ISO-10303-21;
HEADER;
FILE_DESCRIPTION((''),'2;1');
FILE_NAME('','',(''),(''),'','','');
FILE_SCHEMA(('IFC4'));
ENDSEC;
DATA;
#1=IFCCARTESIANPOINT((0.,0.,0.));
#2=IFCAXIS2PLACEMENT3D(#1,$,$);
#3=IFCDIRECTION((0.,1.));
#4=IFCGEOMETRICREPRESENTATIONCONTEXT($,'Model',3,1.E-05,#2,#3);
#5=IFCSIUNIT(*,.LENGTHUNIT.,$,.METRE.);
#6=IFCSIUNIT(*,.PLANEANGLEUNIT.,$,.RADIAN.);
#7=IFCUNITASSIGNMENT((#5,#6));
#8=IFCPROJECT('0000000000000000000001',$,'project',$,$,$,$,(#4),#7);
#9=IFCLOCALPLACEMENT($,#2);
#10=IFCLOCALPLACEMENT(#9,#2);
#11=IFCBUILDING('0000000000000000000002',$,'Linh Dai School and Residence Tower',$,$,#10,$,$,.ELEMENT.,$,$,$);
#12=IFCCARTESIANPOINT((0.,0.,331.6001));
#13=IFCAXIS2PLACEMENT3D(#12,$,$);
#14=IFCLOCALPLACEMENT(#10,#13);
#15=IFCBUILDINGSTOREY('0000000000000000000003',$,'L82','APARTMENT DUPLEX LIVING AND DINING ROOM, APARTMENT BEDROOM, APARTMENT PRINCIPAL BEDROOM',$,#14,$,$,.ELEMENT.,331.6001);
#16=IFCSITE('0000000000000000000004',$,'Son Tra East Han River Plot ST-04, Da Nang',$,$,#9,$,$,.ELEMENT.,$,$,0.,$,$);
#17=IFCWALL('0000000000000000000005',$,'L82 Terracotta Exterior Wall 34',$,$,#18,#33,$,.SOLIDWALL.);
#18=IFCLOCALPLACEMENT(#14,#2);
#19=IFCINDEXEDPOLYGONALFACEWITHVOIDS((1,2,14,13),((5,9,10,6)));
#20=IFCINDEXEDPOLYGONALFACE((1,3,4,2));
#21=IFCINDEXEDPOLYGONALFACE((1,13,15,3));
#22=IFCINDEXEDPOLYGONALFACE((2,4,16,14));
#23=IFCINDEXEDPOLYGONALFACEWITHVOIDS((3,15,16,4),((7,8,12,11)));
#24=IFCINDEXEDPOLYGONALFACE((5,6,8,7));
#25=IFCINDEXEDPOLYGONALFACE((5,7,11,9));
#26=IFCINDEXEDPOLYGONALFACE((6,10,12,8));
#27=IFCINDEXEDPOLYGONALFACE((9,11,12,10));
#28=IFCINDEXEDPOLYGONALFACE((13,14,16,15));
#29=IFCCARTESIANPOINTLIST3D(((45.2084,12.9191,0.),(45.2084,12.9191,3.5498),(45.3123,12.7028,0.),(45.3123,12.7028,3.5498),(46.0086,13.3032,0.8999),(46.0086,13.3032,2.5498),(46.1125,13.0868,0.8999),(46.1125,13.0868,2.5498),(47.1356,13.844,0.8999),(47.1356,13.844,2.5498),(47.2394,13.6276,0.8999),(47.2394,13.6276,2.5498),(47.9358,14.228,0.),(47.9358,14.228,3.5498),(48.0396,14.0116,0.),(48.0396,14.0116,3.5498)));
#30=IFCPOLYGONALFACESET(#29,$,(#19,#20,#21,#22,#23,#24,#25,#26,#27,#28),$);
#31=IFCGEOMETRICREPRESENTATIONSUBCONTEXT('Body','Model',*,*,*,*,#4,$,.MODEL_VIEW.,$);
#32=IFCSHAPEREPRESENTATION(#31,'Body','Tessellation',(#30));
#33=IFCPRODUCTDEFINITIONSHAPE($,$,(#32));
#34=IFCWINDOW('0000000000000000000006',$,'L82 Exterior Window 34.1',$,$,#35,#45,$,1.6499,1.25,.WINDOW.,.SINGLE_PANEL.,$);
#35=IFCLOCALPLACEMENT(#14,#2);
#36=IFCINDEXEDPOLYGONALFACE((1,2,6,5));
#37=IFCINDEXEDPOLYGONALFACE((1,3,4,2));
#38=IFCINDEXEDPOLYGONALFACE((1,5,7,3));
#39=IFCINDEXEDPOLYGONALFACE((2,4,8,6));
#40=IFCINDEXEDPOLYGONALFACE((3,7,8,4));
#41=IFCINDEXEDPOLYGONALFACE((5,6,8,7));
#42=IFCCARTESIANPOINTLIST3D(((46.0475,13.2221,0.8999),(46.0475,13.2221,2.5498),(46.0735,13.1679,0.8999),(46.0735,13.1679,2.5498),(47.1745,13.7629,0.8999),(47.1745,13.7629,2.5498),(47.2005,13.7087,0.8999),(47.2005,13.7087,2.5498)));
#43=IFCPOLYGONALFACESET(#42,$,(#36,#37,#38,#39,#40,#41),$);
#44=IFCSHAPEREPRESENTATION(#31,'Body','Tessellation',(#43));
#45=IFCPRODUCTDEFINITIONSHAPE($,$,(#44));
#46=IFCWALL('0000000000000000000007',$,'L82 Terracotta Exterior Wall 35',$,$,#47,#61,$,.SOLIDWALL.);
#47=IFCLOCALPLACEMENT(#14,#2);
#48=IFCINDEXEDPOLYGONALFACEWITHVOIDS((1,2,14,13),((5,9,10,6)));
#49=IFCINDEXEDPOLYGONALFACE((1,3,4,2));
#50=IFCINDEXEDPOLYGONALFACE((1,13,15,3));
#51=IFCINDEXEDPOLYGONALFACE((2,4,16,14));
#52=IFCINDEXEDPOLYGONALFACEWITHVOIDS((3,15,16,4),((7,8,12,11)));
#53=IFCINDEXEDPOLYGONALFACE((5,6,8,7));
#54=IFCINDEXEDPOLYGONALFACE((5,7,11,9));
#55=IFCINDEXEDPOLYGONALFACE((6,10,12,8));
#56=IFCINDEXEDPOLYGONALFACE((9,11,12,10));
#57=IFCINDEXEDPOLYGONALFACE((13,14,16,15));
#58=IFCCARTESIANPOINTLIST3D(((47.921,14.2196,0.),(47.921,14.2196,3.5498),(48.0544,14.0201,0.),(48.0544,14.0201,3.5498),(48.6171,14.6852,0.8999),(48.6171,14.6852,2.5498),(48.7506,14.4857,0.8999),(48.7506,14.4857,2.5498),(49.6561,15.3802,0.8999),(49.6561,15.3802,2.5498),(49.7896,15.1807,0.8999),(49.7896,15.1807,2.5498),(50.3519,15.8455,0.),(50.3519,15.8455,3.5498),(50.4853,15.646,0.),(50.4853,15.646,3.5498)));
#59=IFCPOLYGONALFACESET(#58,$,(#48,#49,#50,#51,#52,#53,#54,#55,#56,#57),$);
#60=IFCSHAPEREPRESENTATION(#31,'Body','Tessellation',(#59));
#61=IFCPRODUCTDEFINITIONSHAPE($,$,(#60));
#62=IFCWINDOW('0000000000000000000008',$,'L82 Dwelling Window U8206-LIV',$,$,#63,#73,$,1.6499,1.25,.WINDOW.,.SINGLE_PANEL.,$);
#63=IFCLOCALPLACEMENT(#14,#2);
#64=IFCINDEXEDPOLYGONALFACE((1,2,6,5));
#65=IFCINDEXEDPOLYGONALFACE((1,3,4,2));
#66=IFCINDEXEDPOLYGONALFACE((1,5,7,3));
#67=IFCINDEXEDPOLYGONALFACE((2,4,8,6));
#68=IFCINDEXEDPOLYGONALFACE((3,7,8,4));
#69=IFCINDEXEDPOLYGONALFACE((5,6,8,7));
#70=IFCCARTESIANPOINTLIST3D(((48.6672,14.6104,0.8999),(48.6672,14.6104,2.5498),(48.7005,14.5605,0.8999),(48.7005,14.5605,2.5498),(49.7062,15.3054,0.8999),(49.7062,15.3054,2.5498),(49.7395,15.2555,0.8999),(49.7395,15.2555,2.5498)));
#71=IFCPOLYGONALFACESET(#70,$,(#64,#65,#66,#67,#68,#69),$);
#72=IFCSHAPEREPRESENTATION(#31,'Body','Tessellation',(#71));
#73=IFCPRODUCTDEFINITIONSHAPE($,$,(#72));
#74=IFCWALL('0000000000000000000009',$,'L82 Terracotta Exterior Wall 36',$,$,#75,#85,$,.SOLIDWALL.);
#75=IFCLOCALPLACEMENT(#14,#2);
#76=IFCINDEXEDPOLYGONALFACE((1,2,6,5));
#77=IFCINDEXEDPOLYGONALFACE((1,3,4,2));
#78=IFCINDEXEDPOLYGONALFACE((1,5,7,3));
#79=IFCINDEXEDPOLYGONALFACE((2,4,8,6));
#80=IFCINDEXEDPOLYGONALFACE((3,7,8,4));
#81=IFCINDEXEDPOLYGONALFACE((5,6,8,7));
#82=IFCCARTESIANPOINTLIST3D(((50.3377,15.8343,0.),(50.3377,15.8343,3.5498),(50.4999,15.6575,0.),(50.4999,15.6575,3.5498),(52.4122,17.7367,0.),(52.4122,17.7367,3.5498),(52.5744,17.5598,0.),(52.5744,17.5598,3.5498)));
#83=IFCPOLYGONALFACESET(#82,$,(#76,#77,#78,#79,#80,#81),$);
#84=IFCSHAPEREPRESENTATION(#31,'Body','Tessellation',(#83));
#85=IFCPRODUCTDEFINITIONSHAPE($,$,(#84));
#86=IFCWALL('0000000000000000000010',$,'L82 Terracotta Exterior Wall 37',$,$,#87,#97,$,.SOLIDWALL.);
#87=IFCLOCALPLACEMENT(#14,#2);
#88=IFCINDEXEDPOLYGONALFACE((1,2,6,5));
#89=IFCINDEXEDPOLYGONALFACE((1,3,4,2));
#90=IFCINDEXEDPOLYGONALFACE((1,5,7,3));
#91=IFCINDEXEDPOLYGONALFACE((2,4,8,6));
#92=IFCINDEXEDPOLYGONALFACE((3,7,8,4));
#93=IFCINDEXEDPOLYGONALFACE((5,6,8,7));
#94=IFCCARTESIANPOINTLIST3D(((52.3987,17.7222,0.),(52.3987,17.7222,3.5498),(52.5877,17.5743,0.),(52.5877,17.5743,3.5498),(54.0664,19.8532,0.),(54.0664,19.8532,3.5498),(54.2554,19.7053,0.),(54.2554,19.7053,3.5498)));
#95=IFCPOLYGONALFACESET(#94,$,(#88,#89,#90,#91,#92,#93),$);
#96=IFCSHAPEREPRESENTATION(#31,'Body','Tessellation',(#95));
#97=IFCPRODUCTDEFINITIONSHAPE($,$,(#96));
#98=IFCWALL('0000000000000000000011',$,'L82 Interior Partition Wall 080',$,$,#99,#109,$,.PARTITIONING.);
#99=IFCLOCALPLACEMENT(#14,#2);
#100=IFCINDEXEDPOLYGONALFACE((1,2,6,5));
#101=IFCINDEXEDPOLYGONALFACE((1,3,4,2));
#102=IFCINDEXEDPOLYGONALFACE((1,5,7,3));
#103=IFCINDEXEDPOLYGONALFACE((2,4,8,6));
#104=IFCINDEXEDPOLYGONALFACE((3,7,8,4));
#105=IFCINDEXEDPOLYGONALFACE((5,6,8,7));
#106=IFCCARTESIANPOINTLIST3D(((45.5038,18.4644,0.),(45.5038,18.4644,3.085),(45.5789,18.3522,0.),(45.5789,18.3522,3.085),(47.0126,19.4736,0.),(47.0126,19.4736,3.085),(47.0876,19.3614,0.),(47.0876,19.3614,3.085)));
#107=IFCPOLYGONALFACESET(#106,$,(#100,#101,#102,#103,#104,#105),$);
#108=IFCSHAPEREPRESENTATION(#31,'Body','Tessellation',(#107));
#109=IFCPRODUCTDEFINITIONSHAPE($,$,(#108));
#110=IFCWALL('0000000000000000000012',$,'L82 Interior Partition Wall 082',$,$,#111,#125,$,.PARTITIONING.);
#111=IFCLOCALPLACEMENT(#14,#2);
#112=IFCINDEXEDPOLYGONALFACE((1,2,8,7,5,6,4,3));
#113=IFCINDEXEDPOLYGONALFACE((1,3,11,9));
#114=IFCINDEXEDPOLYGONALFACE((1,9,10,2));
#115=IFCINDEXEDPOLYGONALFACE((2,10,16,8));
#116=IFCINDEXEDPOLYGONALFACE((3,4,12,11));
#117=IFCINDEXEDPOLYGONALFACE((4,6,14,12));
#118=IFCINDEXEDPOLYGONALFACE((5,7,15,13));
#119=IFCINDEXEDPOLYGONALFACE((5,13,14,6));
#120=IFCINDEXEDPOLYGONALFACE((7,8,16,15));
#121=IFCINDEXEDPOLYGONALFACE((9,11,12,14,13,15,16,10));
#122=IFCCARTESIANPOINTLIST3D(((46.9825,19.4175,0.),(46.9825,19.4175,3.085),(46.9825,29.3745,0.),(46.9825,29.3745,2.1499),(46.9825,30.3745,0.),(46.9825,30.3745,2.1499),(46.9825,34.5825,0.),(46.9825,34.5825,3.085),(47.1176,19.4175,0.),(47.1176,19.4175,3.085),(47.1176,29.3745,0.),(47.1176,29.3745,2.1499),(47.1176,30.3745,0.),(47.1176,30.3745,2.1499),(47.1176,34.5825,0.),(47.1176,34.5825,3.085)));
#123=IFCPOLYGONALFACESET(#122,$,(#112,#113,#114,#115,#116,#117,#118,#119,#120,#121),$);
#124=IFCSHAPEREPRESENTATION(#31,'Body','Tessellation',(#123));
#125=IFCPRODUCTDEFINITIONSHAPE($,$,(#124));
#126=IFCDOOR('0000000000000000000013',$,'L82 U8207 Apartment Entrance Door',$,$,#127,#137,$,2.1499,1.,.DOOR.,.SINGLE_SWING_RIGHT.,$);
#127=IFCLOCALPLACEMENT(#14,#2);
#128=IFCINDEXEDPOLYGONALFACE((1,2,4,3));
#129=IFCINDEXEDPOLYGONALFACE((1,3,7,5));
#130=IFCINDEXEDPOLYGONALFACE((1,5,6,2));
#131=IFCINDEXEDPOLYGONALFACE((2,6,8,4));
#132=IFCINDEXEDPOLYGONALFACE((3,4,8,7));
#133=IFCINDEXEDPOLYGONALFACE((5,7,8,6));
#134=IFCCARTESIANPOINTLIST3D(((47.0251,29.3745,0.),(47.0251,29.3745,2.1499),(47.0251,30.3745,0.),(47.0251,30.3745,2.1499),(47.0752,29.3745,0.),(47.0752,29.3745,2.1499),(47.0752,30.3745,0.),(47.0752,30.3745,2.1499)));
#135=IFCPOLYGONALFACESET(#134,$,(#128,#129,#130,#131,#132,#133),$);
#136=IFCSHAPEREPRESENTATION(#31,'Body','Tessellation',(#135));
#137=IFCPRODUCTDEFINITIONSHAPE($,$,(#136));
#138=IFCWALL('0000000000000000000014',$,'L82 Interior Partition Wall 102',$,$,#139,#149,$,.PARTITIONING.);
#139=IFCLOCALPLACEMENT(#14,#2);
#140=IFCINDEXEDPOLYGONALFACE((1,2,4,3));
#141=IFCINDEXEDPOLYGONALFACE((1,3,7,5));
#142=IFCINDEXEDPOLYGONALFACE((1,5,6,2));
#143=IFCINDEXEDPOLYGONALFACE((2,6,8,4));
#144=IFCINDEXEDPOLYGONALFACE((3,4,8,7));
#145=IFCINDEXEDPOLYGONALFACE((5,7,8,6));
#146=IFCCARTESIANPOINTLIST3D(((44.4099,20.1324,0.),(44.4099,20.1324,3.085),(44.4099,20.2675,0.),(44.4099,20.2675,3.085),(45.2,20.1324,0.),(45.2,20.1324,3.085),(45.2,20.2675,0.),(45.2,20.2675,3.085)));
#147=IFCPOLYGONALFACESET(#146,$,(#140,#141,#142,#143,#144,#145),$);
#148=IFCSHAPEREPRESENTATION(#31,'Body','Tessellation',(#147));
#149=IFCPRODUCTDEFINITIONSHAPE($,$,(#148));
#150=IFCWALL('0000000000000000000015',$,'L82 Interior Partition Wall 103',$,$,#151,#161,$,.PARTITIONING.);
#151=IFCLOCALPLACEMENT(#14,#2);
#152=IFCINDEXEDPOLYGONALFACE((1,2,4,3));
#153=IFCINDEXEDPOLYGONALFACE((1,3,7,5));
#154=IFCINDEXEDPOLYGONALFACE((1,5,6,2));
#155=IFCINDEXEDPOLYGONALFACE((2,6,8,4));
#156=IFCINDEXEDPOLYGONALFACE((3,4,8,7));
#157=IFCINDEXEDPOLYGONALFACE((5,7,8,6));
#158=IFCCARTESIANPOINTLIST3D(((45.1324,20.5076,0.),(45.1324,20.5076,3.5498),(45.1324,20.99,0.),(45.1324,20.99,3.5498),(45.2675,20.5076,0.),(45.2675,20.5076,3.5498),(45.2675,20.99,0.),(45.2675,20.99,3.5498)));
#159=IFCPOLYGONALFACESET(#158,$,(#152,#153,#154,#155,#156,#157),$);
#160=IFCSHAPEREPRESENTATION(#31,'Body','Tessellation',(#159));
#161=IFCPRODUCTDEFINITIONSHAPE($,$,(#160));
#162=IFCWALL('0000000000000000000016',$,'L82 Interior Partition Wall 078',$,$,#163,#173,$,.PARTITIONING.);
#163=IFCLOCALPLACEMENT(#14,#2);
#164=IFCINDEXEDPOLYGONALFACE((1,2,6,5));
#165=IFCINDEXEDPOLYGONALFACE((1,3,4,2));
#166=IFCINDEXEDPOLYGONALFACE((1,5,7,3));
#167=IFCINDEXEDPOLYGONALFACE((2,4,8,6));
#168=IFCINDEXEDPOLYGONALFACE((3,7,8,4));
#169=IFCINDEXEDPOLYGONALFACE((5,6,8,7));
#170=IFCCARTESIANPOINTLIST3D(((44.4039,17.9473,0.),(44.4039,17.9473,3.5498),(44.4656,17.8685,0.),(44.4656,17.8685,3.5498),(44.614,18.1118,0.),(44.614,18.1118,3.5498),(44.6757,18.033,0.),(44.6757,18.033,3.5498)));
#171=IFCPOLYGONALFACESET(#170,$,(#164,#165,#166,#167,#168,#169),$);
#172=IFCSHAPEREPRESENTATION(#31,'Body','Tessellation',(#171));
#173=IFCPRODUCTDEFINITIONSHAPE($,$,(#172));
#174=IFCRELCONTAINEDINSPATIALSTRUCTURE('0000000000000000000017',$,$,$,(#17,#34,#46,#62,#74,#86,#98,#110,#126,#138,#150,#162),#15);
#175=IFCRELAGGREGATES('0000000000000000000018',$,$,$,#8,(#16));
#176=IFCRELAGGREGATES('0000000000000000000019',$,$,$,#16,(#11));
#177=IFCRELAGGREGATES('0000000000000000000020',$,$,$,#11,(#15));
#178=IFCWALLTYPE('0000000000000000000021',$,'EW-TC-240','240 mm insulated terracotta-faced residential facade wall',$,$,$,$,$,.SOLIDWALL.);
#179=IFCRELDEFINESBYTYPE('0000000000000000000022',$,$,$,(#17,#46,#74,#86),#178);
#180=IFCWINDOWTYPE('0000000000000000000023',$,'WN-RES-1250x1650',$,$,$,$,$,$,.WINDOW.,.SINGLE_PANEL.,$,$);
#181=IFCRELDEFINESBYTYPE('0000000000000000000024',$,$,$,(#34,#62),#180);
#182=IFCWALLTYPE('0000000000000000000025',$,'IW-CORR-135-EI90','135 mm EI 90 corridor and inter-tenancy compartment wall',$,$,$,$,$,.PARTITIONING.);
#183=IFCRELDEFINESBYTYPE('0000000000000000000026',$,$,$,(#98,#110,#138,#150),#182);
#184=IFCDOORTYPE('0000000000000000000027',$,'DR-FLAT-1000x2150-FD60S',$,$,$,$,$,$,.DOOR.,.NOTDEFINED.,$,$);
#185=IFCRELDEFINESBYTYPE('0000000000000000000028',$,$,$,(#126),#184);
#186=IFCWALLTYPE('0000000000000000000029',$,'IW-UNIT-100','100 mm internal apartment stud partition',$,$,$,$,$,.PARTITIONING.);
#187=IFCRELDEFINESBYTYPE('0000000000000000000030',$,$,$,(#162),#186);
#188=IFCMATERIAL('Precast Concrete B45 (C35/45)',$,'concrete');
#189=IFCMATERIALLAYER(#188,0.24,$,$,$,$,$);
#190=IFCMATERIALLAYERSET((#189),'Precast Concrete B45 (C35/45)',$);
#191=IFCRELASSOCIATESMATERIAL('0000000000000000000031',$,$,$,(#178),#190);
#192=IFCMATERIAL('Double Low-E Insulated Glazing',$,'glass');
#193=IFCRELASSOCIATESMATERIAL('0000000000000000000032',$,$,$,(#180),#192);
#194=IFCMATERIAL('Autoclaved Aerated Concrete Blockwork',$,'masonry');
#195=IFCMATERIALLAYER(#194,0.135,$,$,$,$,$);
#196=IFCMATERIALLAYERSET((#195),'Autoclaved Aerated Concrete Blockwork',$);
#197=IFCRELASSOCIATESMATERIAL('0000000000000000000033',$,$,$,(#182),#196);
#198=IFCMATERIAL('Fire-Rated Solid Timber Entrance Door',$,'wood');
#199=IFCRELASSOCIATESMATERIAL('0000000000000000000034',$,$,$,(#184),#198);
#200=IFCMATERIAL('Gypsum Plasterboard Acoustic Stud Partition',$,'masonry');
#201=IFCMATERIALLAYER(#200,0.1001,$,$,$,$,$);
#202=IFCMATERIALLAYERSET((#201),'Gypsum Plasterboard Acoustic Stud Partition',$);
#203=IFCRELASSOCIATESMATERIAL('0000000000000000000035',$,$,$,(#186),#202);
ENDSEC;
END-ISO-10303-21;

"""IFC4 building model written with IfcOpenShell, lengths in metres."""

from ifc_helpers import new_model, si_unit, direction, frame, frame_2d, origin, origin_2d, place, context, subcontext, project, spatial, rectangle, extrude, source, transform, mapped, material, layer, layer_set, type_object, element, fill, save


model = new_model("IFC4")

# Units and contexts
model_context = context("Model", 3, precision=1e-05, world=origin(), true_north=direction((0.0, 1.0)))
body_context = subcontext(model_context, "Body", "Model", "MODEL_VIEW")
ifc_project = project(units=[si_unit("LENGTHUNIT", "METRE"), si_unit("PLANEANGLEUNIT", "RADIAN")], contexts=[model_context])

# Site, building, storey
site_placement = place(None, origin())
site = spatial("IfcSite", under=ifc_project, at=site_placement, Name="Son Tra East Han River Plot ST-04, Da Nang", CompositionType="ELEMENT", RefElevation=0.0)
building_placement = place(site_placement, origin())
building = spatial("IfcBuilding", under=site, at=building_placement, Name="Linh Dai School and Residence Tower", CompositionType="ELEMENT")
storey_placement = place(building_placement, frame((0.0, 0.0, 331.6001)))
storey = spatial("IfcBuildingStorey", under=building, at=storey_placement, Name="L82", Description="APARTMENT DUPLEX LIVING AND DINING ROOM, APARTMENT BEDROOM, APARTMENT PRINCIPAL BEDROOM", CompositionType="ELEMENT", Elevation=331.6001)

# Shared definitions
ifc_material_1 = material(Name="Precast Concrete B45 (C35/45)", Category="concrete")

# Walls, openings, windows
ifc_layer_1 = layer(ifc_material_1, 0.24)
ifc_layer_set_1 = layer_set([ifc_layer_1], Name="Precast Concrete B45 (C35/45)")
wall_type_1 = type_object("IfcWallType", Name="EW-TC-240", Description="240 mm insulated terracotta-faced residential facade wall", PredefinedType="SOLIDWALL", material=ifc_layer_set_1)
ifc_material_2 = material(Name="Double Low-E Insulated Glazing", Category="glass")
wall_1_placement = place(storey_placement, frame((47.9878, 14.1199, 0.0), z_axis=(0.0, 0.0, 1.0), x_axis=(-0.901557, -0.43266, 0.0)))
wall_1 = element("IfcWall", 1, at=wall_1_placement, inside=storey, type_object=wall_type_1, Name="L82 Terracotta Exterior Wall 34", PredefinedType="SOLIDWALL", context=body_context, shape_type="SweptSolid", body=[
    extrude(rectangle(XDim=3.0251, YDim=0.24, at=frame_2d((1.5127, 0.0))), origin(), (0.0, 0.0, 1.0), 3.5498),
])
opening_1_placement = place(wall_1_placement, frame((0.8877, 0.0, 0.8999)))
opening_1 = element("IfcOpeningElement", 2, at=opening_1_placement, cuts=wall_1, PredefinedType="OPENING", context=body_context, shape_type="SweptSolid", body=[
    extrude(rectangle(XDim=1.25, YDim=1.6499, at=origin_2d()), frame((0.625, 0.1299, 0.825), z_axis=(0.0, -1.0, 0.0), x_axis=(1.0, 0.0, 0.0)), (0.0, 0.0, 1.0), 0.26),
])
window_type_1 = type_object("IfcWindowType", Name="WN-RES-1250x1650", PartitioningType="SINGLE_PANEL", PredefinedType="WINDOW", material=ifc_material_2)
shared_shape_1 = source(origin(), body_context, "Body", "SweptSolid", [
    extrude(rectangle(XDim=1.25, YDim=1.6499, at=origin_2d()), frame((0.625, 0.03, 0.825), z_axis=(0.0, -1.0, 0.0), x_axis=(1.0, 0.0, 0.0)), (0.0, 0.0, 1.0), 0.0601),
])
window_1_placement = place(opening_1_placement, origin())
window_1 = element("IfcWindow", 3, at=window_1_placement, inside=storey, type_object=window_type_1, Name="L82 Exterior Window 34.1", OverallHeight=1.6499, OverallWidth=1.25, PartitioningType="SINGLE_PANEL", PredefinedType="WINDOW", context=body_context, shape_type="MappedRepresentation", body=[
    mapped(shared_shape_1, transform((0.0, 0.0, 0.0), x_axis=(1.0, 0.0, 0.0), y_axis=(0.0, 1.0, 0.0), z_axis=(0.0, 0.0, 1.0), scale=1.0)),
])
fill(opening_1, window_1)
wall_2_placement = place(storey_placement, frame((50.4187, 15.7458, 0.0), z_axis=(0.0, 0.0, 1.0), x_axis=(-0.831202, -0.555971, 0.0)))
wall_2 = element("IfcWall", 4, at=wall_2_placement, inside=storey, type_object=wall_type_1, Name="L82 Terracotta Exterior Wall 35", PredefinedType="SOLIDWALL", context=body_context, shape_type="SweptSolid", body=[
    extrude(rectangle(XDim=2.9246, YDim=0.24, at=frame_2d((1.4624, 0.0))), origin(), (0.0, 0.0, 1.0), 3.5498),
])
opening_2_placement = place(wall_2_placement, frame((0.8372, 0.0, 0.8999)))
opening_2 = element("IfcOpeningElement", 5, at=opening_2_placement, cuts=wall_2, PredefinedType="OPENING", context=body_context, shape_type="SweptSolid", body=[
    extrude(rectangle(XDim=1.25, YDim=1.6499, at=origin_2d()), frame((0.625, 0.1299, 0.825), z_axis=(0.0, -1.0, 0.0), x_axis=(1.0, 0.0, 0.0)), (0.0, 0.0, 1.0), 0.26),
])
window_2_placement = place(opening_2_placement, origin())
window_2 = element("IfcWindow", 6, at=window_2_placement, inside=storey, type_object=window_type_1, Name="L82 Dwelling Window U8206-LIV", OverallHeight=1.6499, OverallWidth=1.25, PartitioningType="SINGLE_PANEL", PredefinedType="WINDOW", context=body_context, shape_type="MappedRepresentation", body=[
    mapped(shared_shape_1, transform((0.0, 0.0, 0.0), x_axis=(1.0, 0.0, 0.0), y_axis=(0.0, 1.0, 0.0), z_axis=(0.0, 0.0, 1.0), scale=1.0)),
])
fill(opening_2, window_2)

# Walls
wall_3_placement = place(storey_placement, frame((52.4932, 17.6482, 0.0), z_axis=(0.0, 0.0, 1.0), x_axis=(-0.737021, -0.67587, 0.0)))
element("IfcWall", 7, at=wall_3_placement, inside=storey, type_object=wall_type_1, Name="L82 Terracotta Exterior Wall 36", PredefinedType="SOLIDWALL", context=body_context, shape_type="SweptSolid", body=[
    extrude(rectangle(XDim=2.8147, YDim=0.24, at=frame_2d((1.4072, 0.0))), origin(), (0.0, 0.0, 1.0), 3.5498),
])
wall_4_placement = place(storey_placement, frame((54.1609, 19.7793, 0.0), z_axis=(0.0, 0.0, 1.0), x_axis=(-0.616286, -0.787522, 0.0)))
element("IfcWall", 8, at=wall_4_placement, inside=storey, type_object=wall_type_1, Name="L82 Terracotta Exterior Wall 37", PredefinedType="SOLIDWALL", context=body_context, shape_type="SweptSolid", body=[
    extrude(rectangle(XDim=2.7061, YDim=0.24, at=frame_2d((1.353, 0.0))), origin(), (0.0, 0.0, 1.0), 3.5498),
])
ifc_material_3 = material(Name="Autoclaved Aerated Concrete Blockwork", Category="masonry")
ifc_layer_2 = layer(ifc_material_3, 0.135)
ifc_layer_set_2 = layer_set([ifc_layer_2], Name="Autoclaved Aerated Concrete Blockwork")
wall_type_2 = type_object("IfcWallType", Name="IW-CORR-135-EI90", Description="135 mm EI 90 corridor and inter-tenancy compartment wall", PredefinedType="PARTITIONING", material=ifc_layer_set_2)
wall_5_placement = place(storey_placement, frame((45.5413, 18.4082, 0.0), z_axis=(0.0, 0.0, 1.0), x_axis=(0.83118, 0.556003, 0.0)))
element("IfcWall", 9, at=wall_5_placement, inside=storey, type_object=wall_type_2, Name="L82 Interior Partition Wall 080", PredefinedType="PARTITIONING", context=body_context, shape_type="SweptSolid", body=[
    extrude(rectangle(XDim=1.8152, YDim=0.135, at=frame_2d((0.9077, 0.0))), origin(), (0.0, 0.0, 1.0), 3.085),
])

# Wall, opening, door
wall_6_placement = place(storey_placement, frame((47.05, 19.4175, 0.0), z_axis=(0.0, 0.0, 1.0), x_axis=(0.0, 1.0, 0.0)))
wall_6 = element("IfcWall", 10, at=wall_6_placement, inside=storey, type_object=wall_type_2, Name="L82 Interior Partition Wall 082", PredefinedType="PARTITIONING", context=body_context, shape_type="SweptSolid", body=[
    extrude(rectangle(XDim=15.165, YDim=0.135, at=frame_2d((7.5825, 0.0))), origin(), (0.0, 0.0, 1.0), 3.085),
])
opening_3_placement = place(wall_6_placement, frame((9.957, 0.0, 0.0)))
opening_3 = element("IfcOpeningElement", 11, at=opening_3_placement, cuts=wall_6, PredefinedType="OPENING", context=body_context, shape_type="SweptSolid", body=[
    extrude(rectangle(XDim=1.0, YDim=2.1499, at=origin_2d()), frame((0.5, 0.0776, 1.075), z_axis=(0.0, -1.0, 0.0), x_axis=(1.0, 0.0, 0.0)), (0.0, 0.0, 1.0), 0.155),
])
ifc_material_4 = material(Name="Fire-Rated Solid Timber Entrance Door", Category="wood")
door_type_1 = type_object("IfcDoorType", Name="DR-FLAT-1000x2150-FD60S", OperationType="NOTDEFINED", PredefinedType="DOOR", material=ifc_material_4)
shared_shape_2 = source(origin(), body_context, "Body", "SweptSolid", [
    extrude(rectangle(XDim=1.0, YDim=2.1499, at=origin_2d()), frame((0.5, 0.0249, 1.075), z_axis=(0.0, -1.0, 0.0), x_axis=(1.0, 0.0, 0.0)), (0.0, 0.0, 1.0), 0.05),
])
door_1_placement = place(opening_3_placement, origin())
door_1 = element("IfcDoor", 12, at=door_1_placement, inside=storey, type_object=door_type_1, Name="L82 U8207 Apartment Entrance Door", OperationType="SINGLE_SWING_RIGHT", OverallHeight=2.1499, OverallWidth=1.0, PredefinedType="DOOR", context=body_context, shape_type="MappedRepresentation", body=[
    mapped(shared_shape_2, transform((0.0, 0.0, 0.0), x_axis=(1.0, 0.0, 0.0), y_axis=(0.0, 1.0, 0.0), z_axis=(0.0, 0.0, 1.0), scale=1.0)),
])
fill(opening_3, door_1)

# Walls
wall_7_placement = place(storey_placement, frame((44.4099, 20.2, 0.0), z_axis=(0.0, 0.0, 1.0), x_axis=(1.0, 0.0, 0.0)))
element("IfcWall", 13, at=wall_7_placement, inside=storey, type_object=wall_type_2, Name="L82 Interior Partition Wall 102", PredefinedType="PARTITIONING", context=body_context, shape_type="SweptSolid", body=[
    extrude(rectangle(XDim=0.79, YDim=0.135, at=frame_2d((0.395, 0.0))), origin(), (0.0, 0.0, 1.0), 3.085),
])
wall_8_placement = place(storey_placement, frame((45.2, 20.5076, 0.0), z_axis=(0.0, 0.0, 1.0), x_axis=(0.0, 1.0, 0.0)))
element("IfcWall", 14, at=wall_8_placement, inside=storey, type_object=wall_type_2, Name="L82 Interior Partition Wall 103", PredefinedType="PARTITIONING", context=body_context, shape_type="SweptSolid", body=[
    extrude(rectangle(XDim=0.4824, YDim=0.135, at=frame_2d((0.2412, 0.0))), origin(), (0.0, 0.0, 1.0), 3.5498),
])
ifc_material_5 = material(Name="Gypsum Plasterboard Acoustic Stud Partition", Category="masonry")
ifc_layer_3 = layer(ifc_material_5, 0.1001)
ifc_layer_set_3 = layer_set([ifc_layer_3], Name="Gypsum Plasterboard Acoustic Stud Partition")
wall_type_3 = type_object("IfcWallType", Name="IW-UNIT-100", Description="100 mm internal apartment stud partition", PredefinedType="PARTITIONING", material=ifc_layer_set_3)
wall_9_placement = place(storey_placement, frame((44.4348, 17.908, 0.0), z_axis=(0.0, 0.0, 1.0), x_axis=(0.787428, 0.616407, 0.0)))
element("IfcWall", 15, at=wall_9_placement, inside=storey, type_object=wall_type_3, Name="L82 Interior Partition Wall 078", PredefinedType="PARTITIONING", context=body_context, shape_type="SweptSolid", body=[
    extrude(rectangle(XDim=0.2668, YDim=0.1001, at=frame_2d((0.1333, 0.0))), origin(), (0.0, 0.0, 1.0), 3.5498),
])

save(model, "model.ifc")
